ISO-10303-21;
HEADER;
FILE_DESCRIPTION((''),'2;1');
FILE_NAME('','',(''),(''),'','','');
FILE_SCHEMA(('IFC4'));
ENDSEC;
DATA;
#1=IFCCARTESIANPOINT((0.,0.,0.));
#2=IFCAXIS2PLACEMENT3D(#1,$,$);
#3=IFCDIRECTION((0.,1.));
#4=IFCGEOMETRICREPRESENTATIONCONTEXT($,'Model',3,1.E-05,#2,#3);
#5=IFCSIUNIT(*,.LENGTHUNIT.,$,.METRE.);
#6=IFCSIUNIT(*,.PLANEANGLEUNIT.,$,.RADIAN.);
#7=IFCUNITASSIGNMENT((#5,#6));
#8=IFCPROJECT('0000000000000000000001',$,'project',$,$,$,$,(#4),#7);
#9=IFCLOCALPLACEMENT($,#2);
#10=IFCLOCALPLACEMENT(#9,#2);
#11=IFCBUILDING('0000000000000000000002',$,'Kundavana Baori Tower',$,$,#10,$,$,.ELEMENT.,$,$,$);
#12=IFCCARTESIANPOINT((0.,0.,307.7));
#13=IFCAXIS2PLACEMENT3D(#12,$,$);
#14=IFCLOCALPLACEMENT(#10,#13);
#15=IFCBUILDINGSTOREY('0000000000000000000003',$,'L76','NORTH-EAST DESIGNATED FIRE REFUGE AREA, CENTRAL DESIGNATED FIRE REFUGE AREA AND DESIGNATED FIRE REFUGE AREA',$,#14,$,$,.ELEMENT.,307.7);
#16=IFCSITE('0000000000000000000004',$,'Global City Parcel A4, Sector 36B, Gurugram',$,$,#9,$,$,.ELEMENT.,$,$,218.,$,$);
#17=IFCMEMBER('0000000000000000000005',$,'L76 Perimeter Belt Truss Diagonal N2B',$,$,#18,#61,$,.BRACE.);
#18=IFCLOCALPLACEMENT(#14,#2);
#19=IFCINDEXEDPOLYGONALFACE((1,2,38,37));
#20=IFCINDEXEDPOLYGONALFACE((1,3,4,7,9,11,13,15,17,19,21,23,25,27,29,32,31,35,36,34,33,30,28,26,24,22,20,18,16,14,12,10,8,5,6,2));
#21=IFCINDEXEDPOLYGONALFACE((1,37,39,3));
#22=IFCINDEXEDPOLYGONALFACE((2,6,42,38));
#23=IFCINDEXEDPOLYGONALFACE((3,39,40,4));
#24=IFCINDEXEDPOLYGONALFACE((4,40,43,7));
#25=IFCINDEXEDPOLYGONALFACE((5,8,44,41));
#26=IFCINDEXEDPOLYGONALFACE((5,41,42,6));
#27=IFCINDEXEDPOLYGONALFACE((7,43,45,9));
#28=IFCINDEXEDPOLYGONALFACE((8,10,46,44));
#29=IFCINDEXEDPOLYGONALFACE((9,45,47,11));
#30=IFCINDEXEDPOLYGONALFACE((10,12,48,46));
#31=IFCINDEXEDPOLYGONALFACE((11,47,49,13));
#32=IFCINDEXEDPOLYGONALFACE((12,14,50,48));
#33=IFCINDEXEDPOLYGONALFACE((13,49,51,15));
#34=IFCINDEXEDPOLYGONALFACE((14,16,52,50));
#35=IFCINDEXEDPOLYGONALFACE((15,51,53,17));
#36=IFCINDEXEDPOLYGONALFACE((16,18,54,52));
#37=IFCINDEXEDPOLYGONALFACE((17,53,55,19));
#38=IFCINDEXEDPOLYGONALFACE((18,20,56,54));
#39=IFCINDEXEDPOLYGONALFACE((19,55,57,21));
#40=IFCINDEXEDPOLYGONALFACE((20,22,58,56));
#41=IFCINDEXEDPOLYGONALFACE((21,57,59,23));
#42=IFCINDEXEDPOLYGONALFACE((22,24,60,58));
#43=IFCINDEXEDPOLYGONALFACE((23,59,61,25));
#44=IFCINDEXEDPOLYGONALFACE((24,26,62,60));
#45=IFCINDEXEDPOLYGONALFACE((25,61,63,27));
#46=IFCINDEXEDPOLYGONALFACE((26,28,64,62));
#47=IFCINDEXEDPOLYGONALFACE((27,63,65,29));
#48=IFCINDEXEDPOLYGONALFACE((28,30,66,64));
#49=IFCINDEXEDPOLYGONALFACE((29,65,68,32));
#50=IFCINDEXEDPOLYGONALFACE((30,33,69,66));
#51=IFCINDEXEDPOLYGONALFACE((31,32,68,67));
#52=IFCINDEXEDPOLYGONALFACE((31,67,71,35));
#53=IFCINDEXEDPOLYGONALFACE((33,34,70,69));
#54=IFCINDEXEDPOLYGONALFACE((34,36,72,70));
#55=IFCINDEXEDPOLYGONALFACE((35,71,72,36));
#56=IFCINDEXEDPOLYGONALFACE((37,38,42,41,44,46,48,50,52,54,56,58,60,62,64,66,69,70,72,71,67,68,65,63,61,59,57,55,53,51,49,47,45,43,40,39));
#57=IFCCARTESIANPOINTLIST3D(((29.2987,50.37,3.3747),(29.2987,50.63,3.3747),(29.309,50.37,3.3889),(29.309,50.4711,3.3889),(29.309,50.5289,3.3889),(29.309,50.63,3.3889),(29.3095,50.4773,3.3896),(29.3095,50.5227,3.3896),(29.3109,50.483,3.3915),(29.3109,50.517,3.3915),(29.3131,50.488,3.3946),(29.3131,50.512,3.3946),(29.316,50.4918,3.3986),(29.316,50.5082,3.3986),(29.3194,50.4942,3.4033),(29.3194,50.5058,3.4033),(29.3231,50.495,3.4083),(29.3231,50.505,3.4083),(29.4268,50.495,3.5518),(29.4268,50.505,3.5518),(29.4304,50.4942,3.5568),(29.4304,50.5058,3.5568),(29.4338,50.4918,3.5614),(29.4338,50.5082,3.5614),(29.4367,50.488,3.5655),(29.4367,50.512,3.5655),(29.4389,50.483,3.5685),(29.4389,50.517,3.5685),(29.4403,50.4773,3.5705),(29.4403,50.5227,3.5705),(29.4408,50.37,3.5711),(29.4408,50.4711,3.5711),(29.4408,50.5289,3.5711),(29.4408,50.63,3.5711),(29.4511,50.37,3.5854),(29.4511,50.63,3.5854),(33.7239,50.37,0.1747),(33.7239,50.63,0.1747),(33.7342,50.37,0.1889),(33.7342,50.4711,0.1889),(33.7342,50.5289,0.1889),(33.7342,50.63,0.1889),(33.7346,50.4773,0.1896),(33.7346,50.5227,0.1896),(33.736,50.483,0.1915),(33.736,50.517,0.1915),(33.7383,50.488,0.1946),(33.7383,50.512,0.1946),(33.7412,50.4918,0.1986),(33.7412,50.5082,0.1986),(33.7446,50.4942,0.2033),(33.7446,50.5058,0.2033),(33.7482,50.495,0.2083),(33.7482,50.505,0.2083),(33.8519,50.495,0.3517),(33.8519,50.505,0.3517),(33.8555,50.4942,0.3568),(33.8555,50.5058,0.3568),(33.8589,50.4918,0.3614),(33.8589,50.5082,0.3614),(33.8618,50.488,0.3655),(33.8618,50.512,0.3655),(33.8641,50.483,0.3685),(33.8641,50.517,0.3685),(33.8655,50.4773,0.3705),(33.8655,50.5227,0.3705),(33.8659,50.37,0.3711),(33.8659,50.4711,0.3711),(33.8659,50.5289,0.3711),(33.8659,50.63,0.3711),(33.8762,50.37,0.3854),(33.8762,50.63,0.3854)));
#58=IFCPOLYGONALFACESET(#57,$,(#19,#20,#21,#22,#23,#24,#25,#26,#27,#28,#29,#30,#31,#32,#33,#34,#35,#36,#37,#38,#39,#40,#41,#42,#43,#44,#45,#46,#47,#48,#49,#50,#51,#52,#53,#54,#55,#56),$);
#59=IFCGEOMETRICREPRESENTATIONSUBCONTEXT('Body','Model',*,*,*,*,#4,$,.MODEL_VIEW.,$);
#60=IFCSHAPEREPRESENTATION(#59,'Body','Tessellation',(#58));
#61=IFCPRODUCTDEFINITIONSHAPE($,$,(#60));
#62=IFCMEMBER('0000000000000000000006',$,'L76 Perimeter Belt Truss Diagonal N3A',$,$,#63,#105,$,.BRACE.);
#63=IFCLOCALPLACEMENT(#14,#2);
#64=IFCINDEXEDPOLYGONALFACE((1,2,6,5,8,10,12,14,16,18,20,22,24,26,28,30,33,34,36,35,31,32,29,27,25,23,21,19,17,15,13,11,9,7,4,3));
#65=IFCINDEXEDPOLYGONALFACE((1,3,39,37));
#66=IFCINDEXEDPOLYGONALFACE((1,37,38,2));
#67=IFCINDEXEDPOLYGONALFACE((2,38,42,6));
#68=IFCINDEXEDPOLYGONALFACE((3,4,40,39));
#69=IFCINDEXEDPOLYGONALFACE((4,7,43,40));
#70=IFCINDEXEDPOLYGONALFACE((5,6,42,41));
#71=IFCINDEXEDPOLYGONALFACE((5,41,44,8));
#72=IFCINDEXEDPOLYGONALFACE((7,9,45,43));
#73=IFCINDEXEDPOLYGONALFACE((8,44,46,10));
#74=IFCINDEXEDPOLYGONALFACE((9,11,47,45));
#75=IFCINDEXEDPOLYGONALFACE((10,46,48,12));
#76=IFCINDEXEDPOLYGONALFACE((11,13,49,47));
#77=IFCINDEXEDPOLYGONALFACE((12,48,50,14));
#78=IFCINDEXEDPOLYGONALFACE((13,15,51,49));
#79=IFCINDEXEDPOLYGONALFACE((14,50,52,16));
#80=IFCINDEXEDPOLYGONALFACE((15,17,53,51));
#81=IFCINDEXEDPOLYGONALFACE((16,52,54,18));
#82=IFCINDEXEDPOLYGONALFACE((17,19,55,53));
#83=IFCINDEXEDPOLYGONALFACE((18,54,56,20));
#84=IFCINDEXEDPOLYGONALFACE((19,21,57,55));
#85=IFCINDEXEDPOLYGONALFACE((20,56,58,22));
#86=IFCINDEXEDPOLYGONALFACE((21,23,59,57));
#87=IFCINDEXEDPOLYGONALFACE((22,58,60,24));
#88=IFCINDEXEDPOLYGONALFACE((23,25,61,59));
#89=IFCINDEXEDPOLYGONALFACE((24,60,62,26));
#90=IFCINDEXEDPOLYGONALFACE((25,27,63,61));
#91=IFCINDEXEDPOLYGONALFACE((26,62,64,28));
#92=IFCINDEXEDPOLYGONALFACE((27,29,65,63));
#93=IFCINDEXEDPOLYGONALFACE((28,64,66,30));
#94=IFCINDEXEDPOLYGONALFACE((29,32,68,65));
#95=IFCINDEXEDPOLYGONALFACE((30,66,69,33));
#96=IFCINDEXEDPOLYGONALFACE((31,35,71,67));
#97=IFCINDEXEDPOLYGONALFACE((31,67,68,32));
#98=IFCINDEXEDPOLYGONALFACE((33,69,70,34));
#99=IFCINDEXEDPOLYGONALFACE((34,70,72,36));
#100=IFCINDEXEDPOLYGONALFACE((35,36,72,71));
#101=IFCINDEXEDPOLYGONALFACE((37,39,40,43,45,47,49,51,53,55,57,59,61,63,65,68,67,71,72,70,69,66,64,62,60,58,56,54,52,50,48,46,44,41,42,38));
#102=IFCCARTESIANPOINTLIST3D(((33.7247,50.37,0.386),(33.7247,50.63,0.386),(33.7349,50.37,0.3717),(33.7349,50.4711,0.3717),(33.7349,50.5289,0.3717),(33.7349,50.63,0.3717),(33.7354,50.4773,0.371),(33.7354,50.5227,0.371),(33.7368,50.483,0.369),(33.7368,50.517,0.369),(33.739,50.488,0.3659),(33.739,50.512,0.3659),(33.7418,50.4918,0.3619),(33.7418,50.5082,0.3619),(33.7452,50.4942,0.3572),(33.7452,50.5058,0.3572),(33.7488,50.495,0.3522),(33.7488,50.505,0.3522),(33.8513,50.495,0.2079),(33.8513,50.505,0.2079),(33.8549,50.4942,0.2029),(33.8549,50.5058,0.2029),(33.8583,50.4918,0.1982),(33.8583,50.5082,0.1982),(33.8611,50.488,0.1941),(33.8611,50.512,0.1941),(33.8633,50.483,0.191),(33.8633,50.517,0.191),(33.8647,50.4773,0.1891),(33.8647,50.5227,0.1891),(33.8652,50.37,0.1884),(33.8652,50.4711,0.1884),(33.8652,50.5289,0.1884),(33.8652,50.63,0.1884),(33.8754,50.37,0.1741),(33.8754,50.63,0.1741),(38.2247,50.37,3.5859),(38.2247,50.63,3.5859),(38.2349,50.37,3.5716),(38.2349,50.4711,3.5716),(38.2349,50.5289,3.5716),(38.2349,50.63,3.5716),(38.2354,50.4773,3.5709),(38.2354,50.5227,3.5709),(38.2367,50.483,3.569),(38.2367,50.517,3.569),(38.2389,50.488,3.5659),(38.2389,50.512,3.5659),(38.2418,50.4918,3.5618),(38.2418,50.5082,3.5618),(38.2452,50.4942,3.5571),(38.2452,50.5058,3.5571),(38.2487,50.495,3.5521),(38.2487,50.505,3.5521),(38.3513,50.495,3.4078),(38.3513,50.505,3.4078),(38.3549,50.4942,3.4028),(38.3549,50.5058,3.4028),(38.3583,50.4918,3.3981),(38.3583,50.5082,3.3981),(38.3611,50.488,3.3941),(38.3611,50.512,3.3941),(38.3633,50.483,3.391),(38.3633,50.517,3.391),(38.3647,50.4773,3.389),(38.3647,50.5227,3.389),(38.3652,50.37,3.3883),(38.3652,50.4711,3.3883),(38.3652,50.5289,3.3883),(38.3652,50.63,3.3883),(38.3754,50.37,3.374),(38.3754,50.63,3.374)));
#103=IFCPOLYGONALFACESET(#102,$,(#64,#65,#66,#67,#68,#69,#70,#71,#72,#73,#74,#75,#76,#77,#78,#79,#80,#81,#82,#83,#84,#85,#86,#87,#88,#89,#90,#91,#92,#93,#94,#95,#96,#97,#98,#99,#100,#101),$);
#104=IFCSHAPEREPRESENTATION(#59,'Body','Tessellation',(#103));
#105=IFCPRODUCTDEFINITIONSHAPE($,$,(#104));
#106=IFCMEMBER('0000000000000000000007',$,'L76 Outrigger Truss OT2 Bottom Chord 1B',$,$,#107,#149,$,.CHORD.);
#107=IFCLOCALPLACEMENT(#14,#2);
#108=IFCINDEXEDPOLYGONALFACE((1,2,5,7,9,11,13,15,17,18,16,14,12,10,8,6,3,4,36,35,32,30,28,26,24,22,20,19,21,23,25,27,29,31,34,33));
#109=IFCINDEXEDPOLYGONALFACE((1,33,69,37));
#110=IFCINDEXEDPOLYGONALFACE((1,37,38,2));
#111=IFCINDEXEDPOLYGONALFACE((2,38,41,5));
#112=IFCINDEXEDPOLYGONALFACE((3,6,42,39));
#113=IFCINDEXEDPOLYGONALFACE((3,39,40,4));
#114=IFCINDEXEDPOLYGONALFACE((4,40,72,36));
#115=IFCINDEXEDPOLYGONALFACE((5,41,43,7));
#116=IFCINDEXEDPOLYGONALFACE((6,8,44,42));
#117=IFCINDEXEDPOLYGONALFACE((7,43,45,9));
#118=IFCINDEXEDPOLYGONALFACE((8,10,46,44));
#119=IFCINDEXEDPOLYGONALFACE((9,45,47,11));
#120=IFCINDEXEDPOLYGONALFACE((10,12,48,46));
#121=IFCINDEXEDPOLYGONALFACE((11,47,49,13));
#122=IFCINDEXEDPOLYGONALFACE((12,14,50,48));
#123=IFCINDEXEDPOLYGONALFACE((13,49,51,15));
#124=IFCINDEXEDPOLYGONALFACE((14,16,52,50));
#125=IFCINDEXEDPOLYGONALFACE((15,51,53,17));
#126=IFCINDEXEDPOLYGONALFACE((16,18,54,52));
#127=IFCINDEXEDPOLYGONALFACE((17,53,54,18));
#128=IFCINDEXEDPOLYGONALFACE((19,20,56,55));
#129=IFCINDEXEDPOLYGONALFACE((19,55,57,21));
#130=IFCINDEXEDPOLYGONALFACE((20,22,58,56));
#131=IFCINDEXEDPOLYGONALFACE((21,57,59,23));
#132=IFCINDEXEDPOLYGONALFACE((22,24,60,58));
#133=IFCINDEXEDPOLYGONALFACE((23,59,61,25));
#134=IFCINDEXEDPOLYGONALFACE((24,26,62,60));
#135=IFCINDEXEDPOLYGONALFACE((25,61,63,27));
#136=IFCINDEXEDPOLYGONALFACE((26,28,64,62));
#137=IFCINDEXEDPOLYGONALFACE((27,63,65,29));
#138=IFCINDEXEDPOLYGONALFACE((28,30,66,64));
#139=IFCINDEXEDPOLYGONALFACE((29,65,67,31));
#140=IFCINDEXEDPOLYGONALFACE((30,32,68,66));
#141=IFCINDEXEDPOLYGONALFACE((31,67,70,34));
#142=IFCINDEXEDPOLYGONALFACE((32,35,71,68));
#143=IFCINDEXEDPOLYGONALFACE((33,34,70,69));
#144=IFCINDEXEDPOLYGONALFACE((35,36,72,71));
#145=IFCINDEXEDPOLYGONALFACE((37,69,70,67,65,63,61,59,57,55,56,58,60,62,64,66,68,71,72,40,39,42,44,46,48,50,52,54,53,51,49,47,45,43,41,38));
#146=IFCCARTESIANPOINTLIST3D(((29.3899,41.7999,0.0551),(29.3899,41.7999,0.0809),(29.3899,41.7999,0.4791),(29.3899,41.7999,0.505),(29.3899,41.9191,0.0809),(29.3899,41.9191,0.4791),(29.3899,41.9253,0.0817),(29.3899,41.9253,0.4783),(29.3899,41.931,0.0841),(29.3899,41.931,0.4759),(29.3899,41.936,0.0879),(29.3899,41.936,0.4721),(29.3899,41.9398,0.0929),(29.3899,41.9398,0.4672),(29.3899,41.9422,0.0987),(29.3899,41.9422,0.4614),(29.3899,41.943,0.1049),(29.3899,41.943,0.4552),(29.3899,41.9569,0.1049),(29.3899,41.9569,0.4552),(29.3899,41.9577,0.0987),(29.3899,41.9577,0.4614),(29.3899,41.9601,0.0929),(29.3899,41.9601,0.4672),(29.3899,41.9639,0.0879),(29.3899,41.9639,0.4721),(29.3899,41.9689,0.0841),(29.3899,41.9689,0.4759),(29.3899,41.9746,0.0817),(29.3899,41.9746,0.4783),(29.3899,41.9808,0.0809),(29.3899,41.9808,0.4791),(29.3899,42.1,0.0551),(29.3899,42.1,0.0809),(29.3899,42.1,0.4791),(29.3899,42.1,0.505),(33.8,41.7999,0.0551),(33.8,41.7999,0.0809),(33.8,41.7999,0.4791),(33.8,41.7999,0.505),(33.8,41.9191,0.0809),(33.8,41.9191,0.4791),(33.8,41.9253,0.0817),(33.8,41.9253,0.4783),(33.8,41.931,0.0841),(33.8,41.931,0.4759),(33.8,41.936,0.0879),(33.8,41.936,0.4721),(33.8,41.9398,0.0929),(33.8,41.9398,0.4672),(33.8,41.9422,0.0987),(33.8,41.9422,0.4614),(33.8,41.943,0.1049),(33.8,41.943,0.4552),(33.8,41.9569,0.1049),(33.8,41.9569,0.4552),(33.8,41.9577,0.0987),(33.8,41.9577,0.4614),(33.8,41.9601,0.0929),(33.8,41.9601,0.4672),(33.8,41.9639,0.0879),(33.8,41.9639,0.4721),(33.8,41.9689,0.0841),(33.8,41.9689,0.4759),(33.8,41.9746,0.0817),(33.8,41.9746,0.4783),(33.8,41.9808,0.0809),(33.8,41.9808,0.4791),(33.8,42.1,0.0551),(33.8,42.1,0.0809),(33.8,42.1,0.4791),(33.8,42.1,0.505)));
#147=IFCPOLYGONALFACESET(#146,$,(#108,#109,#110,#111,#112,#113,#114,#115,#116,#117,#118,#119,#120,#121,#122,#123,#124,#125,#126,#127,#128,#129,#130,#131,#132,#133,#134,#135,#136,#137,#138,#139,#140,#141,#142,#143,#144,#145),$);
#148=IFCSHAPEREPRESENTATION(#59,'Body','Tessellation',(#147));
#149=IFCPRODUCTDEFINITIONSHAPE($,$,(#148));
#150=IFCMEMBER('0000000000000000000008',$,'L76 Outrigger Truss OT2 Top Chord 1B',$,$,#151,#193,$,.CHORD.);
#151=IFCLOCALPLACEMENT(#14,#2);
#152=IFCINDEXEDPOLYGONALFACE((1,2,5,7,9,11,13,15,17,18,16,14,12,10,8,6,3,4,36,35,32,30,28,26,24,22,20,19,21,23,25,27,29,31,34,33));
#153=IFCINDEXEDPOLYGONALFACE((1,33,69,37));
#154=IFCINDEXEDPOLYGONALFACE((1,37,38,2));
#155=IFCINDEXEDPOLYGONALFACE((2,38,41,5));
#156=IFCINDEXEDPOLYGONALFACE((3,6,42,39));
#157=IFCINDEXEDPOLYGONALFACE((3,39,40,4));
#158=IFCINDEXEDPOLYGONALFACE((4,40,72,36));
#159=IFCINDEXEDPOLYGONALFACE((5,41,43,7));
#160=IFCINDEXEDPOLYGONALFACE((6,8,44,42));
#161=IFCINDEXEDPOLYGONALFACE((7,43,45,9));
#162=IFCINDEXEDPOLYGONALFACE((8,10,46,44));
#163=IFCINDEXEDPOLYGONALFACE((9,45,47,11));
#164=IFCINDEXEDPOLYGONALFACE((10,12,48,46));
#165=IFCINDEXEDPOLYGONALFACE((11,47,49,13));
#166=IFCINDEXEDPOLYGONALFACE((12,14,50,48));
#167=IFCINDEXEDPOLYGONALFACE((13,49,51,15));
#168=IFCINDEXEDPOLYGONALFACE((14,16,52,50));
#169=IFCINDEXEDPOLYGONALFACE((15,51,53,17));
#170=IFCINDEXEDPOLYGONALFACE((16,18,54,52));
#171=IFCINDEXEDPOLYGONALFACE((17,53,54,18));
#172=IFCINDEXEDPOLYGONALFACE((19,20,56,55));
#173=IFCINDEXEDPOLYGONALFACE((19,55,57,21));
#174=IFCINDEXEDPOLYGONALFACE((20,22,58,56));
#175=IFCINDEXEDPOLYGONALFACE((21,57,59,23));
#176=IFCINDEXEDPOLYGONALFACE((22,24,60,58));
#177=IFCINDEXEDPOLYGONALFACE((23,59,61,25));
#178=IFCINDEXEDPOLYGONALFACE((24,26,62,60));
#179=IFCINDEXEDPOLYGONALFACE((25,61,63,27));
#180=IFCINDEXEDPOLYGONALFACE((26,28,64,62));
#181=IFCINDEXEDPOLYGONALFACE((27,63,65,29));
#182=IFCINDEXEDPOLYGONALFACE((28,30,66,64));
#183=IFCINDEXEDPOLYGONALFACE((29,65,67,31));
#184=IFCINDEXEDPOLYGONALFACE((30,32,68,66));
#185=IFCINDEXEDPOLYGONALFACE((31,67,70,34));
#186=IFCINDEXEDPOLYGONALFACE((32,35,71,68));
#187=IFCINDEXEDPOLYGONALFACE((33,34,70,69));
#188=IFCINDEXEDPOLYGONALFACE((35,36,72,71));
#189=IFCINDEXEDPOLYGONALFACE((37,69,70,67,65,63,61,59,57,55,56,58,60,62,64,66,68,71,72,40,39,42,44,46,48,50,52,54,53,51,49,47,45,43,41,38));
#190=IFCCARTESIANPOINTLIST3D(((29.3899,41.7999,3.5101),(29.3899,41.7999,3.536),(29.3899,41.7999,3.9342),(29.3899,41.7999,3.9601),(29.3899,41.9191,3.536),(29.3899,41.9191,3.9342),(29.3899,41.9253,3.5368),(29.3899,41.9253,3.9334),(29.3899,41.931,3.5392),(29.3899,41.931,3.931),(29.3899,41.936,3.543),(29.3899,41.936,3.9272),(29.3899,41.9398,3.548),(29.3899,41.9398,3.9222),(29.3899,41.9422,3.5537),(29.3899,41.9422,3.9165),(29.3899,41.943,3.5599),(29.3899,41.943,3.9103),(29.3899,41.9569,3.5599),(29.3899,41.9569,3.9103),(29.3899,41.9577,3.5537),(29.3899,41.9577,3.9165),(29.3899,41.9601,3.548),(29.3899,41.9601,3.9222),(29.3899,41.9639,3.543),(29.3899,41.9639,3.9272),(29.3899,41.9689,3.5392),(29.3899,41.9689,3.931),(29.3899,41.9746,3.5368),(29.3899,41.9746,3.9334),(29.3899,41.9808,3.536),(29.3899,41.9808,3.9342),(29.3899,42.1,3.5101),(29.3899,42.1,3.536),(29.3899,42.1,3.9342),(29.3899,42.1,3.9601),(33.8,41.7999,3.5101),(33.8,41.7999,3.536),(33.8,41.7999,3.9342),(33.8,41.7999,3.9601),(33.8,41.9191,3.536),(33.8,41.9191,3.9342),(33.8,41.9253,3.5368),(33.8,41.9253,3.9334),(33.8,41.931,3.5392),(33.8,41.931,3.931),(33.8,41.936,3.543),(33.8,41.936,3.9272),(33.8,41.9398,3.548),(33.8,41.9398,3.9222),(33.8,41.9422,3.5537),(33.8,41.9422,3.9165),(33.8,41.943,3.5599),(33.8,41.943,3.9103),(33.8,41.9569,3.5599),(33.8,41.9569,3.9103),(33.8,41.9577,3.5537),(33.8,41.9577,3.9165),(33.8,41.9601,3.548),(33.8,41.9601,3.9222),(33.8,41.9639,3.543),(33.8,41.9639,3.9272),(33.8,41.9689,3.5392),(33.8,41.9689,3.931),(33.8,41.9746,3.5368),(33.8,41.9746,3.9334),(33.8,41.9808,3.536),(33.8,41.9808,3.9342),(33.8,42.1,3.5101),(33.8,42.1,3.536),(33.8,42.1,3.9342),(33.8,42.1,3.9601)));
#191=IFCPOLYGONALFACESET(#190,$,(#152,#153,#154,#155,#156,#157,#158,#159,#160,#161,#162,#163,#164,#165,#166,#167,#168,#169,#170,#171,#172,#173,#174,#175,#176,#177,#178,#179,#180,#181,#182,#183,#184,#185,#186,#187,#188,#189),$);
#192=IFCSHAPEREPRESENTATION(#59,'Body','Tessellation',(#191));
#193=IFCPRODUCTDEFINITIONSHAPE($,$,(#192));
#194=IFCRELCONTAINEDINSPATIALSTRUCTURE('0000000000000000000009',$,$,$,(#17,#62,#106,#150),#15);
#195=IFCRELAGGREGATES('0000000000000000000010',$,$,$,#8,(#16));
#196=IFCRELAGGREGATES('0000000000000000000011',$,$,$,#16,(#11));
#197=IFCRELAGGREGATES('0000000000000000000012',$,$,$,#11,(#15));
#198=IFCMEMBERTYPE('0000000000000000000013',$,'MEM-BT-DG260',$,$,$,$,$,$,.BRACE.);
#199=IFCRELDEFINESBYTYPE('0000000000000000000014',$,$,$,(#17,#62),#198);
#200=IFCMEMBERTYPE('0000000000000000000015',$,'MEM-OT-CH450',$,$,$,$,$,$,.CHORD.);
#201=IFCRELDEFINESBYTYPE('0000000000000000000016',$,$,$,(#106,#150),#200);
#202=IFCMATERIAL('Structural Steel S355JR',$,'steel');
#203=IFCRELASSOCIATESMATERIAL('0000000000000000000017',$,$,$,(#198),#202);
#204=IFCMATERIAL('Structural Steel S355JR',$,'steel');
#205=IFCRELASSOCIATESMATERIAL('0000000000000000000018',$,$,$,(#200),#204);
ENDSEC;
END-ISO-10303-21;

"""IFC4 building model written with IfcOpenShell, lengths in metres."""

from ifc_helpers import new_model, si_unit, direction, frame, origin, origin_2d, place, context, subcontext, project, spatial, i_section, extrude, material, material_profile, profile_set, type_object, element, save


model = new_model("IFC4")

# Units and contexts
model_context = context("Model", 3, precision=1e-05, world=origin(), true_north=direction((0.0, 1.0)))
body_context = subcontext(model_context, "Body", "Model", "MODEL_VIEW")
ifc_project = project(units=[si_unit("LENGTHUNIT", "METRE"), si_unit("PLANEANGLEUNIT", "RADIAN")], contexts=[model_context])

# Site, building, storey
site_placement = place(None, origin())
site = spatial("IfcSite", under=ifc_project, at=site_placement, Name="Global City Parcel A4, Sector 36B, Gurugram", CompositionType="ELEMENT", RefElevation=218.0)
building_placement = place(site_placement, origin())
building = spatial("IfcBuilding", under=site, at=building_placement, Name="Kundavana Baori Tower", CompositionType="ELEMENT")
storey_placement = place(building_placement, frame((0.0, 0.0, 307.7)))
storey = spatial("IfcBuildingStorey", under=building, at=storey_placement, Name="L76", Description="NORTH-EAST DESIGNATED FIRE REFUGE AREA, CENTRAL DESIGNATED FIRE REFUGE AREA AND DESIGNATED FIRE REFUGE AREA", CompositionType="ELEMENT", Elevation=307.7)

# Members
ifc_material_1 = material(Name="Structural Steel S355JR", Category="steel")
ifc_material_profile_1 = material_profile(ifc_material_1, i_section(OverallWidth=0.26, OverallDepth=0.26, WebThickness=0.01, FlangeThickness=0.0176, FilletRadius=0.0239, at=origin_2d()), Name="WPB 260x260x93")
ifc_profile_set_1 = profile_set([ifc_material_profile_1], Name="Structural Steel S355JR")
member_type_1 = type_object("IfcMemberType", Name="MEM-BT-DG260", PredefinedType="BRACE", material=ifc_profile_set_1)
member_1_placement = place(storey_placement, frame((33.8, 50.5, 0.28), z_axis=(-0.810324, 0.0, 0.585982), x_axis=(0.0, -1.0, 0.0)))
element("IfcMember", 1, at=member_1_placement, inside=storey, type_object=member_type_1, Name="L76 Perimeter Belt Truss Diagonal N2B", PredefinedType="BRACE", context=body_context, shape_type="SweptSolid", body=[
    extrude(i_section(OverallWidth=0.26, OverallDepth=0.26, WebThickness=0.01, FlangeThickness=0.0176, FilletRadius=0.0239, at=origin_2d()), origin(), (0.0, 0.0, 1.0), 5.4609),
])
member_2_placement = place(storey_placement, frame((33.8, 50.5, 0.28), z_axis=(0.81496, 0.0, 0.579518), x_axis=(0.0, 1.0, 0.0)))
element("IfcMember", 2, at=member_2_placement, inside=storey, type_object=member_type_1, Name="L76 Perimeter Belt Truss Diagonal N3A", PredefinedType="BRACE", context=body_context, shape_type="SweptSolid", body=[
    extrude(i_section(OverallWidth=0.26, OverallDepth=0.26, WebThickness=0.01, FlangeThickness=0.0176, FilletRadius=0.0239, at=origin_2d()), origin(), (0.0, 0.0, 1.0), 5.5217),
])
ifc_material_2 = material(Name="Structural Steel S355JR", Category="steel")
ifc_material_profile_2 = material_profile(ifc_material_2, i_section(OverallWidth=0.3, OverallDepth=0.45, WebThickness=0.0139, FlangeThickness=0.0259, FilletRadius=0.0239, at=origin_2d()), Name="WPB 450x300x142")
ifc_profile_set_2 = profile_set([ifc_material_profile_2], Name="Structural Steel S355JR")
member_type_2 = type_object("IfcMemberType", Name="MEM-OT-CH450", PredefinedType="CHORD", material=ifc_profile_set_2)
for number, where, z_axis, x_axis, name in (
    (3, (29.3899, 41.95, 0.28), (1.0, 0.0, 0.0), (0.0, 1.0, 0.0), "L76 Outrigger Truss OT2 Bottom Chord 1B"),
    (4, (29.3899, 41.95, 3.7351), (1.0, 0.0, 0.0), (0.0, 1.0, 0.0), "L76 Outrigger Truss OT2 Top Chord 1B"),
):
    element("IfcMember", number, at=place(storey_placement, frame(where, z_axis=z_axis, x_axis=x_axis)), inside=storey, type_object=member_type_2, Name=name, PredefinedType="CHORD", context=body_context, shape_type="SweptSolid", body=[
        extrude(i_section(OverallWidth=0.3, OverallDepth=0.45, WebThickness=0.0139, FlangeThickness=0.0259, FilletRadius=0.0239, at=origin_2d()), origin(), (0.0, 0.0, 1.0), 4.4102),
    ])

save(model, "model.ifc")
